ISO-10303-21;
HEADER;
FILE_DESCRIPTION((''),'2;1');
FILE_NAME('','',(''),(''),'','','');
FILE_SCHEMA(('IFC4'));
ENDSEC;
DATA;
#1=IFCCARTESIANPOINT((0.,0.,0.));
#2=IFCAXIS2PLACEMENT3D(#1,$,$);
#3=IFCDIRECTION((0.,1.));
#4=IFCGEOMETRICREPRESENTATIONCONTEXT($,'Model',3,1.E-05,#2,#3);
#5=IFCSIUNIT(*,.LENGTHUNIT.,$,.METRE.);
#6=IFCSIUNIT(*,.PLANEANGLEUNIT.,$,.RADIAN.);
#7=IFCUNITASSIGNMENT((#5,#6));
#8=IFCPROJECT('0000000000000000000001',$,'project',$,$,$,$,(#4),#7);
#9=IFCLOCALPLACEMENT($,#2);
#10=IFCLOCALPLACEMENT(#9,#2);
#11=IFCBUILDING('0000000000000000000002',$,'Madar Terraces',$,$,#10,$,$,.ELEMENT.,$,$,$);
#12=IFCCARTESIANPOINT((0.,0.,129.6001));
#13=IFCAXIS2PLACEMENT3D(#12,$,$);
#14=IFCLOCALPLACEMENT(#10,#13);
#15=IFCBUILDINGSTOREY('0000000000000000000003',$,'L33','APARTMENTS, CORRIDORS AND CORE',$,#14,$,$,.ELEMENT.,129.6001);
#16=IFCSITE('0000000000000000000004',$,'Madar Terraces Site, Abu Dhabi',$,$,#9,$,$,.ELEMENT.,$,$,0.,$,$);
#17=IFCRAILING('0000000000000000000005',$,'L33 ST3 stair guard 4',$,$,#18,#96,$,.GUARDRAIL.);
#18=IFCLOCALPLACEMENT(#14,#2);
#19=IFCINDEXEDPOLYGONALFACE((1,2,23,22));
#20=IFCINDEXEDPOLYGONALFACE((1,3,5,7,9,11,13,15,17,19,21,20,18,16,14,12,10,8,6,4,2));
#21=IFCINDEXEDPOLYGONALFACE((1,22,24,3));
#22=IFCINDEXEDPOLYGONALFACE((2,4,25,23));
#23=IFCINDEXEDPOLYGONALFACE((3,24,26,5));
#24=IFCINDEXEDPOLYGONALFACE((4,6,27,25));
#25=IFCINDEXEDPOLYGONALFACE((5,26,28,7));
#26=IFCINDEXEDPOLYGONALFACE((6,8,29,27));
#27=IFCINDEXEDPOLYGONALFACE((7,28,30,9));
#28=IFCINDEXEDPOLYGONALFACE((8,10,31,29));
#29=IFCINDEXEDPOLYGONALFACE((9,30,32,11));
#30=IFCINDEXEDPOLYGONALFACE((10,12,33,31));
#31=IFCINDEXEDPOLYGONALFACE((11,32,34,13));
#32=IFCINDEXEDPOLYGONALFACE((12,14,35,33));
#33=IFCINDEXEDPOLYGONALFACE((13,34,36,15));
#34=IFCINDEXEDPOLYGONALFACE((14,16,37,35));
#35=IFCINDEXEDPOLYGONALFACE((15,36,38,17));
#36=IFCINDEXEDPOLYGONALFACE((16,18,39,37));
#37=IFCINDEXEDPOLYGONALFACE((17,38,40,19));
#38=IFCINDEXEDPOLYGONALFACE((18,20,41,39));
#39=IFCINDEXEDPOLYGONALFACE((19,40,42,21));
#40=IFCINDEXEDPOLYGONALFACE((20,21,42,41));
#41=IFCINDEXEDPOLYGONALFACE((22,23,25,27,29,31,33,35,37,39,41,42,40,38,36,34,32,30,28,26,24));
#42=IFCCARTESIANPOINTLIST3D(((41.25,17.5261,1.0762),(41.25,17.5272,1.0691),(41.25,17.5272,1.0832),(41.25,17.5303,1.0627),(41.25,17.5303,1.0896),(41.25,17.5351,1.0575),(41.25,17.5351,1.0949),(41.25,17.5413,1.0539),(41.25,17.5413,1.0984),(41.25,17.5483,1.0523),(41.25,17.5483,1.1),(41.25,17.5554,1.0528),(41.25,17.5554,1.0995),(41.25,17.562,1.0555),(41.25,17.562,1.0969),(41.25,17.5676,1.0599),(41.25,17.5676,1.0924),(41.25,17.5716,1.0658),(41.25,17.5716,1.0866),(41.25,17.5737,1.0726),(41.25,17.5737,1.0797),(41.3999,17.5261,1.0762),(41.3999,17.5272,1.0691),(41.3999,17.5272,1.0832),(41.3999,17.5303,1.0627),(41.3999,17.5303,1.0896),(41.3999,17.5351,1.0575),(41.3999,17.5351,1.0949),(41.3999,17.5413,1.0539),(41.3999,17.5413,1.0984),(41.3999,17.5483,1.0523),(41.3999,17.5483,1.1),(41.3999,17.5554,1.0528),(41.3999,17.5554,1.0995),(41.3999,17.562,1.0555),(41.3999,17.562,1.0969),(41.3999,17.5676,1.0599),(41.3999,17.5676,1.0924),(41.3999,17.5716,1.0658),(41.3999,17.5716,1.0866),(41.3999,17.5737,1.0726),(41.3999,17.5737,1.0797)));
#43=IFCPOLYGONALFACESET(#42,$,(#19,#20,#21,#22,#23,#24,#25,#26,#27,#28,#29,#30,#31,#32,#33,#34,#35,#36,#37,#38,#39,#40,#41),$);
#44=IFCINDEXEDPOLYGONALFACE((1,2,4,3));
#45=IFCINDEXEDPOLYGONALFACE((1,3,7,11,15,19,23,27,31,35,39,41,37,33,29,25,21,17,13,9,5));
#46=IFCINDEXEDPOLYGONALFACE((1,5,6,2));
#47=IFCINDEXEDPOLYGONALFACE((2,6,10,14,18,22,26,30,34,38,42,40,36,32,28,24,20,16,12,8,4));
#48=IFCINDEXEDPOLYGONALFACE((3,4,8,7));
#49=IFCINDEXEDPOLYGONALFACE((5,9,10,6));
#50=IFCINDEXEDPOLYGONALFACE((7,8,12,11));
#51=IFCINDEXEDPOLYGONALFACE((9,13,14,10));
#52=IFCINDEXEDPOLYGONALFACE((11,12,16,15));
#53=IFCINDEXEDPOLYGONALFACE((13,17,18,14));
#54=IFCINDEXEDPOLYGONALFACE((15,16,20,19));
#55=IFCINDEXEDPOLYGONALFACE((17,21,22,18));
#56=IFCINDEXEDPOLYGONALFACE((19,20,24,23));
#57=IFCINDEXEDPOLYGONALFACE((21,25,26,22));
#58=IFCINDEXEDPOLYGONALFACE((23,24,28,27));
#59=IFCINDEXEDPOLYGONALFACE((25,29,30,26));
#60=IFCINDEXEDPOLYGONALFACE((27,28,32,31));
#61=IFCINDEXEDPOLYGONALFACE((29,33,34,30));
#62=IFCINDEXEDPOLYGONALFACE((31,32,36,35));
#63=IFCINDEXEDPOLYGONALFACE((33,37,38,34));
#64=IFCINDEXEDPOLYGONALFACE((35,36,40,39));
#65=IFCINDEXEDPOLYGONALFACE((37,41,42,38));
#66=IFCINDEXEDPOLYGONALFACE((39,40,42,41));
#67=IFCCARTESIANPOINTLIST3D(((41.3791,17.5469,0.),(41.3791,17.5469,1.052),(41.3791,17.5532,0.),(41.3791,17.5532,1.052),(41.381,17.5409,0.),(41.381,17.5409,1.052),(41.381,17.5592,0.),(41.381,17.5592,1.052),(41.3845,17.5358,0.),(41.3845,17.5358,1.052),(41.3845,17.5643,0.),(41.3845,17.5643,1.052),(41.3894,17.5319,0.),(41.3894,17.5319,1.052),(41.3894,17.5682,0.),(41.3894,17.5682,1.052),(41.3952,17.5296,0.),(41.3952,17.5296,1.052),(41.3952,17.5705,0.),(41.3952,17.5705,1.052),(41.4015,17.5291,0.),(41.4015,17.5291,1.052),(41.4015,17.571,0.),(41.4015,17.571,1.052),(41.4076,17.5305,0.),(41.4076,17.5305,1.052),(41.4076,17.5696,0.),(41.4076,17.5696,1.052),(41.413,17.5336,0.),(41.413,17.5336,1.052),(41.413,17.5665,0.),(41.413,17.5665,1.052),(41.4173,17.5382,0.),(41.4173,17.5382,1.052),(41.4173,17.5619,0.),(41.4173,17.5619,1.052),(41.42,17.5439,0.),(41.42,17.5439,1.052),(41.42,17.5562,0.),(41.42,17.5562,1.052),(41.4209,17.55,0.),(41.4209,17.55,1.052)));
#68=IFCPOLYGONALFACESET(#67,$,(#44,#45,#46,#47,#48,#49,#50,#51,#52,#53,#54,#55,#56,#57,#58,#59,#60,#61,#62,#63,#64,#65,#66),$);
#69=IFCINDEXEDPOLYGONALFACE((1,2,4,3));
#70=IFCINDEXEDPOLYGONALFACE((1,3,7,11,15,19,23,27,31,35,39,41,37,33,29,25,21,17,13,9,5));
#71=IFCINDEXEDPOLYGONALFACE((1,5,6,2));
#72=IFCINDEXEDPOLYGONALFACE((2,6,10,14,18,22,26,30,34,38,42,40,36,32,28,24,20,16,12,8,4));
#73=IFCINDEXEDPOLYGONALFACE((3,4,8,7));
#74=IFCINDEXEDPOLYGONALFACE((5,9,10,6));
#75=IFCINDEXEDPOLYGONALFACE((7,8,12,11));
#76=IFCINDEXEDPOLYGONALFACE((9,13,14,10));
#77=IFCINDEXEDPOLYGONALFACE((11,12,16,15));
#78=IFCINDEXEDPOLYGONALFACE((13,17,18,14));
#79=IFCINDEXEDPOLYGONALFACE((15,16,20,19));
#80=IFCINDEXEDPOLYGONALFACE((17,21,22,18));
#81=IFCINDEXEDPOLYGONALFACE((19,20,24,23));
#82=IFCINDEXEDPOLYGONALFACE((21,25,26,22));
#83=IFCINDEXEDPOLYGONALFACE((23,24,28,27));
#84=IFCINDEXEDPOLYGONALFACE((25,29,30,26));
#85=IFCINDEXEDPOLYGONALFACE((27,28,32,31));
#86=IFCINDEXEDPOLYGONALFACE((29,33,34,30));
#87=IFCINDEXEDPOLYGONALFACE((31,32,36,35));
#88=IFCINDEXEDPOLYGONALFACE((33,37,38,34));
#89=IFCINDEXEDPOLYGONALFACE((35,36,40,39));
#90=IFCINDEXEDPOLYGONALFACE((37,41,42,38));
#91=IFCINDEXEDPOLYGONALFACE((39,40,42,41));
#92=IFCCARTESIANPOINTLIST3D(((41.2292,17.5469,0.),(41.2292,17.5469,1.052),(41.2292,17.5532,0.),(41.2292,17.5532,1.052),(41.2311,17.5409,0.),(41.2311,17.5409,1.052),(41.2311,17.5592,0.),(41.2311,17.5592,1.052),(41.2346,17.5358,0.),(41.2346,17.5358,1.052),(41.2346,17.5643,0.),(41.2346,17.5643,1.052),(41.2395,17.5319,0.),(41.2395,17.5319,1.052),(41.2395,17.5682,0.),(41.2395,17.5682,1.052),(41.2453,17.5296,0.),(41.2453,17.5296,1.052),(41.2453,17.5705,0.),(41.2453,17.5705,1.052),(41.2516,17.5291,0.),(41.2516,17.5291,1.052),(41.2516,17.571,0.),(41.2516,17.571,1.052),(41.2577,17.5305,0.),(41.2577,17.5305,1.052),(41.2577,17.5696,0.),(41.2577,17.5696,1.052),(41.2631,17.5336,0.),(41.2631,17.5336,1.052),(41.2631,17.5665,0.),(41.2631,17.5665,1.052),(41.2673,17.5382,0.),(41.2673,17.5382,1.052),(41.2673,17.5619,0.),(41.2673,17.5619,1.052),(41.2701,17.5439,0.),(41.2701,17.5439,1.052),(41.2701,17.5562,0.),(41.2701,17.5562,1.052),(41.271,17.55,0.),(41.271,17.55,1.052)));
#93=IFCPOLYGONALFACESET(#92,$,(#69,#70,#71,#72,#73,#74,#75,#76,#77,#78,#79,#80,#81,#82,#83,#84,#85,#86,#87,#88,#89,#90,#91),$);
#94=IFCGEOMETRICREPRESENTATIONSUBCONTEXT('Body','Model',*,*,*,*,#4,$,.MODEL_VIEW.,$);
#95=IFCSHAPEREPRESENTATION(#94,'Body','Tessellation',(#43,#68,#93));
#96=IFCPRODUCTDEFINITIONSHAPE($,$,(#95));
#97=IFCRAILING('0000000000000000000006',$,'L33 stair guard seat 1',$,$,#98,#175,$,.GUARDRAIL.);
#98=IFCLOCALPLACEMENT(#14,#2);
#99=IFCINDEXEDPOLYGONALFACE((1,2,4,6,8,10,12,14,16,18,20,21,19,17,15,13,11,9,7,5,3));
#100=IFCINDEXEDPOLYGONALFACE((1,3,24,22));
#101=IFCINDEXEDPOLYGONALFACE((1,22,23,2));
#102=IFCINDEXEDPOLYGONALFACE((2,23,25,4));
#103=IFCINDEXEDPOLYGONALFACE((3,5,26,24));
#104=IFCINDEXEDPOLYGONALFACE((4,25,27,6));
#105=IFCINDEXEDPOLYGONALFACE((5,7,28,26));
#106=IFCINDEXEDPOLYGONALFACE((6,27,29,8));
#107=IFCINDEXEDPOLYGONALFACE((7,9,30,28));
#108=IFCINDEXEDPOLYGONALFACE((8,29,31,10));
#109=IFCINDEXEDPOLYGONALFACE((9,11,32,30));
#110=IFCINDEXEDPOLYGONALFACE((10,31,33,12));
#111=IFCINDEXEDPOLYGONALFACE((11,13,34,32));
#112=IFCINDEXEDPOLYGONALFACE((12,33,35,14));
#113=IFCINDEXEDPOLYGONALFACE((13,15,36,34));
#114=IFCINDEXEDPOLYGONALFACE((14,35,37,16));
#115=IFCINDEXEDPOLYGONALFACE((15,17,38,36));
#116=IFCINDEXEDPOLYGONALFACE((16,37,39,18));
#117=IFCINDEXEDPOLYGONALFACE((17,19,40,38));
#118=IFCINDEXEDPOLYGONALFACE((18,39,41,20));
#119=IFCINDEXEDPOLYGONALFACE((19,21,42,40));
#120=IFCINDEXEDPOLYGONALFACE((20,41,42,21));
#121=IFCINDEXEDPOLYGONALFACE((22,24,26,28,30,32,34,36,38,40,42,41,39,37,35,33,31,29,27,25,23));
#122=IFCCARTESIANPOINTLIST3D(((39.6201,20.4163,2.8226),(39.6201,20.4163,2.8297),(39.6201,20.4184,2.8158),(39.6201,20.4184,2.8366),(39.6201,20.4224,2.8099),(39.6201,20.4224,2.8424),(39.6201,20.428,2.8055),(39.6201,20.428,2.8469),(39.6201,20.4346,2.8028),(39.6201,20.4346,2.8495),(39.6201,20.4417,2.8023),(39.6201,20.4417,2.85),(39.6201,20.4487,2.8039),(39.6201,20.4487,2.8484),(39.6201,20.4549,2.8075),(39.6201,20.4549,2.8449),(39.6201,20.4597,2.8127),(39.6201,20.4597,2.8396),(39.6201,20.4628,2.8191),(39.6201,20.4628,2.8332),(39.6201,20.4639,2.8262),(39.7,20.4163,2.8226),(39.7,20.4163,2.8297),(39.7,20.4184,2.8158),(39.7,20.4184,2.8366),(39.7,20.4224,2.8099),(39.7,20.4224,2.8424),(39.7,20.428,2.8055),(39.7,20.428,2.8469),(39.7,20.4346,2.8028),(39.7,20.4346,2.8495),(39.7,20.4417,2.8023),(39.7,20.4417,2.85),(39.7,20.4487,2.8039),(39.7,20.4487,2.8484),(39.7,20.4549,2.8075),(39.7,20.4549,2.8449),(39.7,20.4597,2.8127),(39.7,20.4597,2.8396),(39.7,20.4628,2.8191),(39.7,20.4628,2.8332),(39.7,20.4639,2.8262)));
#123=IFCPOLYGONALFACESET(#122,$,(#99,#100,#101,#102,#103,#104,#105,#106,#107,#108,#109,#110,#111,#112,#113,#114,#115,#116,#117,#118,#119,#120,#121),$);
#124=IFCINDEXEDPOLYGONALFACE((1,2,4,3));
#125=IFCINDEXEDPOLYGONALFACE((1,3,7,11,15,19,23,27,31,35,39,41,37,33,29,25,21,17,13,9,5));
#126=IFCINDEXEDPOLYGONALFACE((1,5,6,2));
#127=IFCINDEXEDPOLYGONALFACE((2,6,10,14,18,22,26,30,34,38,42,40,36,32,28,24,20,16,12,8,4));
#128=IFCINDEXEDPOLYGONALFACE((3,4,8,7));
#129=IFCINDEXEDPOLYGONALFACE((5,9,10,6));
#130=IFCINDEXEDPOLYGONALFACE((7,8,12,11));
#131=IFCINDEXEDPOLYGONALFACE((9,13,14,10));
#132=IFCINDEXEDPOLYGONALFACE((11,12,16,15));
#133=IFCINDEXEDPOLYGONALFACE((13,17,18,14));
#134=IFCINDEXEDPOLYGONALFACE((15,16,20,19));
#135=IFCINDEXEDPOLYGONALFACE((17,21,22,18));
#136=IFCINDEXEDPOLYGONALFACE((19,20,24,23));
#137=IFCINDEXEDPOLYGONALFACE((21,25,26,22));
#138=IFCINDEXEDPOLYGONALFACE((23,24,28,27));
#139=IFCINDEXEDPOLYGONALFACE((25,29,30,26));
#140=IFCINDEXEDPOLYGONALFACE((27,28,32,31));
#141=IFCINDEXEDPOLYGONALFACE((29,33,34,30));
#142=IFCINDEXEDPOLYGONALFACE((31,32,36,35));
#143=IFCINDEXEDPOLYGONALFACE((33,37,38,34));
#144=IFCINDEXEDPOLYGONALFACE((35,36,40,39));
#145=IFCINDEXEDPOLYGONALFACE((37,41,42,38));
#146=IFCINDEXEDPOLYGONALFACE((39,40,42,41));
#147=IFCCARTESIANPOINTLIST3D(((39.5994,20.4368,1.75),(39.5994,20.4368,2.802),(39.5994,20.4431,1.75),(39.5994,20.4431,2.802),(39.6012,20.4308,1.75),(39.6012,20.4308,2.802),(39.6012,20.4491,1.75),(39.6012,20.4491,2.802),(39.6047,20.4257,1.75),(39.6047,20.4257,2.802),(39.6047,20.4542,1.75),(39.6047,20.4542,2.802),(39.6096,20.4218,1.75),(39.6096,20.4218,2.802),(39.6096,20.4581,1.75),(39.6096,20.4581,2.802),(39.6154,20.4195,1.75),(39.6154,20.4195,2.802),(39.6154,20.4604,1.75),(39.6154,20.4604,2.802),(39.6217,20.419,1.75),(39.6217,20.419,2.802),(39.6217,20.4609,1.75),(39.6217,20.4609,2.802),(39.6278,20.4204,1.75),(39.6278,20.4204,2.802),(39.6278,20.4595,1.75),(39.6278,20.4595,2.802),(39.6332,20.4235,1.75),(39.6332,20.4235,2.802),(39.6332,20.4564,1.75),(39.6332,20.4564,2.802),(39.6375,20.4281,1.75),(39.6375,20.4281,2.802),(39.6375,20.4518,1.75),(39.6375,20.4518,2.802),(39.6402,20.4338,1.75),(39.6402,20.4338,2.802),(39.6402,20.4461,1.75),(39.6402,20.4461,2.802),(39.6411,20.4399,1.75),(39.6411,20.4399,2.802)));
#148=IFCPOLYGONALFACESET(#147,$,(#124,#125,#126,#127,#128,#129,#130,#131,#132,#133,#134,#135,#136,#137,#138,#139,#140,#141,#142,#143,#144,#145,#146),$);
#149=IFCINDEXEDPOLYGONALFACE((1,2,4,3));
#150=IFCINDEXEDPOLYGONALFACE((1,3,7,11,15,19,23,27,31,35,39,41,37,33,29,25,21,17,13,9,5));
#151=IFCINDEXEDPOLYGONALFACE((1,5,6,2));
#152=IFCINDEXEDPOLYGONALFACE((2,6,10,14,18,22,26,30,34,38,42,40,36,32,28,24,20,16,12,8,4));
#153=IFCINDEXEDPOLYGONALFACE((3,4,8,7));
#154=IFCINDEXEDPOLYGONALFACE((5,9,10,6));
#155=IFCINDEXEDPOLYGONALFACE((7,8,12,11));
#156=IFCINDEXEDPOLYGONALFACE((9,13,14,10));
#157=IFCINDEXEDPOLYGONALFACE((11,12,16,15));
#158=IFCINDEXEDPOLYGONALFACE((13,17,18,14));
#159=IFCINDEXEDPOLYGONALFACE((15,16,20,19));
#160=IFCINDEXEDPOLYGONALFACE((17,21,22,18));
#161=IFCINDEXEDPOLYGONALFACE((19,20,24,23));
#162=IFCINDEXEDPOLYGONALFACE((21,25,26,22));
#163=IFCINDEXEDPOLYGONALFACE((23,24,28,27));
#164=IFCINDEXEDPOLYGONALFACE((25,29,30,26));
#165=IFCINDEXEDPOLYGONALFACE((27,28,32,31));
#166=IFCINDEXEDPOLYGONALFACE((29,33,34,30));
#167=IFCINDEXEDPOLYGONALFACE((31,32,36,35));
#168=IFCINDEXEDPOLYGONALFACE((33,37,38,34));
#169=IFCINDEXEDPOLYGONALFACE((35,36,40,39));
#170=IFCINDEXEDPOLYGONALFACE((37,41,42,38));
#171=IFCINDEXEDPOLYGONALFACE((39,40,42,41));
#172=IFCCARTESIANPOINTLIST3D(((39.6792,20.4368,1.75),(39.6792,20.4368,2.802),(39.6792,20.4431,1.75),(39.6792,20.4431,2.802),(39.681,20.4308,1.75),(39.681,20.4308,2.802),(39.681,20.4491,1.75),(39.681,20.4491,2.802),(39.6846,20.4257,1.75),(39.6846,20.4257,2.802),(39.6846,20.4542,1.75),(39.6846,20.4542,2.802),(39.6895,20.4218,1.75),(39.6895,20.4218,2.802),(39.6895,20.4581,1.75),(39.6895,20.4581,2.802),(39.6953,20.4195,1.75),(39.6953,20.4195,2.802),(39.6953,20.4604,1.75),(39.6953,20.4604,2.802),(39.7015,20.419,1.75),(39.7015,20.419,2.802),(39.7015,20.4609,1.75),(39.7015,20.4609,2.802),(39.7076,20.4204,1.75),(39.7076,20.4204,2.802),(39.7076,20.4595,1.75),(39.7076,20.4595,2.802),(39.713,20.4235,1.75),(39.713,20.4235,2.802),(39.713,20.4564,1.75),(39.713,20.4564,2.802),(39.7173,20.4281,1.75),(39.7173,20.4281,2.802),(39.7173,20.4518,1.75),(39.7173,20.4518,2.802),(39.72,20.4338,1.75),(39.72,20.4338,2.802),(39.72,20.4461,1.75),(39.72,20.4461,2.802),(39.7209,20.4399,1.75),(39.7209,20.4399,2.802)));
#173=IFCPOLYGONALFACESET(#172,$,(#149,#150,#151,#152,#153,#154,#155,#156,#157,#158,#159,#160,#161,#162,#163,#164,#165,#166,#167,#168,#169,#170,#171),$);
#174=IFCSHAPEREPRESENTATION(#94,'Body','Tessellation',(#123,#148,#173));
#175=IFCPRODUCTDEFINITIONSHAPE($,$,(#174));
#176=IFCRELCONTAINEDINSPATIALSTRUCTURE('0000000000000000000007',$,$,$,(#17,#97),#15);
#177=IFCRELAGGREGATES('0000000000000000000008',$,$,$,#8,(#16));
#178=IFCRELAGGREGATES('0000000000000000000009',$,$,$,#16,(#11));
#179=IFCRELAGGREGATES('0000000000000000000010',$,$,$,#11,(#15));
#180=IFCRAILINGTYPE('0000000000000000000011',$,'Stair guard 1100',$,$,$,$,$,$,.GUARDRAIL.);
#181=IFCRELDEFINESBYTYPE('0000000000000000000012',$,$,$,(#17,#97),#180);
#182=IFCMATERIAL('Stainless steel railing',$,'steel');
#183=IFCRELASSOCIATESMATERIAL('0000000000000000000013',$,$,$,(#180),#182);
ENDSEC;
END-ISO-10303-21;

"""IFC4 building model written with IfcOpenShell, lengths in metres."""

from ifc_helpers import new_model, si_unit, direction, frame, origin, origin_2d, place, context, subcontext, project, spatial, circle, extrude, material, type_object, element, save


model = new_model("IFC4")

# Units and contexts
model_context = context("Model", 3, precision=1e-05, world=origin(), true_north=direction((0.0, 1.0)))
body_context = subcontext(model_context, "Body", "Model", "MODEL_VIEW")
ifc_project = project(units=[si_unit("LENGTHUNIT", "METRE"), si_unit("PLANEANGLEUNIT", "RADIAN")], contexts=[model_context])

# Site, building, storey
site_placement = place(None, origin())
site = spatial("IfcSite", under=ifc_project, at=site_placement, Name="Madar Terraces Site, Abu Dhabi", CompositionType="ELEMENT", RefElevation=0.0)
building_placement = place(site_placement, origin())
building = spatial("IfcBuilding", under=site, at=building_placement, Name="Madar Terraces", CompositionType="ELEMENT")
storey_placement = place(building_placement, frame((0.0, 0.0, 129.6001)))
storey = spatial("IfcBuildingStorey", under=building, at=storey_placement, Name="L33", Description="APARTMENTS, CORRIDORS AND CORE", CompositionType="ELEMENT", Elevation=129.6001)

# Railings
ifc_material_1 = material(Name="Stainless steel railing", Category="steel")
railing_type_1 = type_object("IfcRailingType", Name="Stair guard 1100", PredefinedType="GUARDRAIL", material=ifc_material_1)
railing_1_placement = place(storey_placement, frame((41.3999, 17.55, 0.0)))
element("IfcRailing", 1, at=railing_1_placement, inside=storey, type_object=railing_type_1, Name="L33 ST3 stair guard 4", PredefinedType="GUARDRAIL", context=body_context, shape_type="SweptSolid", body=[
    extrude(circle(Radius=0.0239, at=origin_2d()), frame((0.0, 0.0, 1.0762), z_axis=(-1.0, 0.0, 0.0), x_axis=(0.0, -1.0, 0.0)), (0.0, 0.0, 1.0), 0.1499),
    extrude(circle(Radius=0.021, at=origin_2d()), origin(), (0.0, 0.0, 1.0), 1.052),
    extrude(circle(Radius=0.021, at=origin_2d()), frame((-0.1499, 0.0, 0.0)), (0.0, 0.0, 1.0), 1.052),
])
railing_2_placement = place(storey_placement, frame((39.6201, 20.4399, 1.75)))
element("IfcRailing", 2, at=railing_2_placement, inside=storey, type_object=railing_type_1, Name="L33 stair guard seat 1", PredefinedType="GUARDRAIL", context=body_context, shape_type="SweptSolid", body=[
    extrude(circle(Radius=0.0239, at=origin_2d()), frame((0.0, 0.0, 1.0762), z_axis=(1.0, 0.0, 0.0), x_axis=(0.0, 1.0, 0.0)), (0.0, 0.0, 1.0), 0.0798),
    extrude(circle(Radius=0.021, at=origin_2d()), origin(), (0.0, 0.0, 1.0), 1.052),
    extrude(circle(Radius=0.021, at=origin_2d()), frame((0.0798, 0.0, 0.0)), (0.0, 0.0, 1.0), 1.052),
])

save(model, "model.ifc")
